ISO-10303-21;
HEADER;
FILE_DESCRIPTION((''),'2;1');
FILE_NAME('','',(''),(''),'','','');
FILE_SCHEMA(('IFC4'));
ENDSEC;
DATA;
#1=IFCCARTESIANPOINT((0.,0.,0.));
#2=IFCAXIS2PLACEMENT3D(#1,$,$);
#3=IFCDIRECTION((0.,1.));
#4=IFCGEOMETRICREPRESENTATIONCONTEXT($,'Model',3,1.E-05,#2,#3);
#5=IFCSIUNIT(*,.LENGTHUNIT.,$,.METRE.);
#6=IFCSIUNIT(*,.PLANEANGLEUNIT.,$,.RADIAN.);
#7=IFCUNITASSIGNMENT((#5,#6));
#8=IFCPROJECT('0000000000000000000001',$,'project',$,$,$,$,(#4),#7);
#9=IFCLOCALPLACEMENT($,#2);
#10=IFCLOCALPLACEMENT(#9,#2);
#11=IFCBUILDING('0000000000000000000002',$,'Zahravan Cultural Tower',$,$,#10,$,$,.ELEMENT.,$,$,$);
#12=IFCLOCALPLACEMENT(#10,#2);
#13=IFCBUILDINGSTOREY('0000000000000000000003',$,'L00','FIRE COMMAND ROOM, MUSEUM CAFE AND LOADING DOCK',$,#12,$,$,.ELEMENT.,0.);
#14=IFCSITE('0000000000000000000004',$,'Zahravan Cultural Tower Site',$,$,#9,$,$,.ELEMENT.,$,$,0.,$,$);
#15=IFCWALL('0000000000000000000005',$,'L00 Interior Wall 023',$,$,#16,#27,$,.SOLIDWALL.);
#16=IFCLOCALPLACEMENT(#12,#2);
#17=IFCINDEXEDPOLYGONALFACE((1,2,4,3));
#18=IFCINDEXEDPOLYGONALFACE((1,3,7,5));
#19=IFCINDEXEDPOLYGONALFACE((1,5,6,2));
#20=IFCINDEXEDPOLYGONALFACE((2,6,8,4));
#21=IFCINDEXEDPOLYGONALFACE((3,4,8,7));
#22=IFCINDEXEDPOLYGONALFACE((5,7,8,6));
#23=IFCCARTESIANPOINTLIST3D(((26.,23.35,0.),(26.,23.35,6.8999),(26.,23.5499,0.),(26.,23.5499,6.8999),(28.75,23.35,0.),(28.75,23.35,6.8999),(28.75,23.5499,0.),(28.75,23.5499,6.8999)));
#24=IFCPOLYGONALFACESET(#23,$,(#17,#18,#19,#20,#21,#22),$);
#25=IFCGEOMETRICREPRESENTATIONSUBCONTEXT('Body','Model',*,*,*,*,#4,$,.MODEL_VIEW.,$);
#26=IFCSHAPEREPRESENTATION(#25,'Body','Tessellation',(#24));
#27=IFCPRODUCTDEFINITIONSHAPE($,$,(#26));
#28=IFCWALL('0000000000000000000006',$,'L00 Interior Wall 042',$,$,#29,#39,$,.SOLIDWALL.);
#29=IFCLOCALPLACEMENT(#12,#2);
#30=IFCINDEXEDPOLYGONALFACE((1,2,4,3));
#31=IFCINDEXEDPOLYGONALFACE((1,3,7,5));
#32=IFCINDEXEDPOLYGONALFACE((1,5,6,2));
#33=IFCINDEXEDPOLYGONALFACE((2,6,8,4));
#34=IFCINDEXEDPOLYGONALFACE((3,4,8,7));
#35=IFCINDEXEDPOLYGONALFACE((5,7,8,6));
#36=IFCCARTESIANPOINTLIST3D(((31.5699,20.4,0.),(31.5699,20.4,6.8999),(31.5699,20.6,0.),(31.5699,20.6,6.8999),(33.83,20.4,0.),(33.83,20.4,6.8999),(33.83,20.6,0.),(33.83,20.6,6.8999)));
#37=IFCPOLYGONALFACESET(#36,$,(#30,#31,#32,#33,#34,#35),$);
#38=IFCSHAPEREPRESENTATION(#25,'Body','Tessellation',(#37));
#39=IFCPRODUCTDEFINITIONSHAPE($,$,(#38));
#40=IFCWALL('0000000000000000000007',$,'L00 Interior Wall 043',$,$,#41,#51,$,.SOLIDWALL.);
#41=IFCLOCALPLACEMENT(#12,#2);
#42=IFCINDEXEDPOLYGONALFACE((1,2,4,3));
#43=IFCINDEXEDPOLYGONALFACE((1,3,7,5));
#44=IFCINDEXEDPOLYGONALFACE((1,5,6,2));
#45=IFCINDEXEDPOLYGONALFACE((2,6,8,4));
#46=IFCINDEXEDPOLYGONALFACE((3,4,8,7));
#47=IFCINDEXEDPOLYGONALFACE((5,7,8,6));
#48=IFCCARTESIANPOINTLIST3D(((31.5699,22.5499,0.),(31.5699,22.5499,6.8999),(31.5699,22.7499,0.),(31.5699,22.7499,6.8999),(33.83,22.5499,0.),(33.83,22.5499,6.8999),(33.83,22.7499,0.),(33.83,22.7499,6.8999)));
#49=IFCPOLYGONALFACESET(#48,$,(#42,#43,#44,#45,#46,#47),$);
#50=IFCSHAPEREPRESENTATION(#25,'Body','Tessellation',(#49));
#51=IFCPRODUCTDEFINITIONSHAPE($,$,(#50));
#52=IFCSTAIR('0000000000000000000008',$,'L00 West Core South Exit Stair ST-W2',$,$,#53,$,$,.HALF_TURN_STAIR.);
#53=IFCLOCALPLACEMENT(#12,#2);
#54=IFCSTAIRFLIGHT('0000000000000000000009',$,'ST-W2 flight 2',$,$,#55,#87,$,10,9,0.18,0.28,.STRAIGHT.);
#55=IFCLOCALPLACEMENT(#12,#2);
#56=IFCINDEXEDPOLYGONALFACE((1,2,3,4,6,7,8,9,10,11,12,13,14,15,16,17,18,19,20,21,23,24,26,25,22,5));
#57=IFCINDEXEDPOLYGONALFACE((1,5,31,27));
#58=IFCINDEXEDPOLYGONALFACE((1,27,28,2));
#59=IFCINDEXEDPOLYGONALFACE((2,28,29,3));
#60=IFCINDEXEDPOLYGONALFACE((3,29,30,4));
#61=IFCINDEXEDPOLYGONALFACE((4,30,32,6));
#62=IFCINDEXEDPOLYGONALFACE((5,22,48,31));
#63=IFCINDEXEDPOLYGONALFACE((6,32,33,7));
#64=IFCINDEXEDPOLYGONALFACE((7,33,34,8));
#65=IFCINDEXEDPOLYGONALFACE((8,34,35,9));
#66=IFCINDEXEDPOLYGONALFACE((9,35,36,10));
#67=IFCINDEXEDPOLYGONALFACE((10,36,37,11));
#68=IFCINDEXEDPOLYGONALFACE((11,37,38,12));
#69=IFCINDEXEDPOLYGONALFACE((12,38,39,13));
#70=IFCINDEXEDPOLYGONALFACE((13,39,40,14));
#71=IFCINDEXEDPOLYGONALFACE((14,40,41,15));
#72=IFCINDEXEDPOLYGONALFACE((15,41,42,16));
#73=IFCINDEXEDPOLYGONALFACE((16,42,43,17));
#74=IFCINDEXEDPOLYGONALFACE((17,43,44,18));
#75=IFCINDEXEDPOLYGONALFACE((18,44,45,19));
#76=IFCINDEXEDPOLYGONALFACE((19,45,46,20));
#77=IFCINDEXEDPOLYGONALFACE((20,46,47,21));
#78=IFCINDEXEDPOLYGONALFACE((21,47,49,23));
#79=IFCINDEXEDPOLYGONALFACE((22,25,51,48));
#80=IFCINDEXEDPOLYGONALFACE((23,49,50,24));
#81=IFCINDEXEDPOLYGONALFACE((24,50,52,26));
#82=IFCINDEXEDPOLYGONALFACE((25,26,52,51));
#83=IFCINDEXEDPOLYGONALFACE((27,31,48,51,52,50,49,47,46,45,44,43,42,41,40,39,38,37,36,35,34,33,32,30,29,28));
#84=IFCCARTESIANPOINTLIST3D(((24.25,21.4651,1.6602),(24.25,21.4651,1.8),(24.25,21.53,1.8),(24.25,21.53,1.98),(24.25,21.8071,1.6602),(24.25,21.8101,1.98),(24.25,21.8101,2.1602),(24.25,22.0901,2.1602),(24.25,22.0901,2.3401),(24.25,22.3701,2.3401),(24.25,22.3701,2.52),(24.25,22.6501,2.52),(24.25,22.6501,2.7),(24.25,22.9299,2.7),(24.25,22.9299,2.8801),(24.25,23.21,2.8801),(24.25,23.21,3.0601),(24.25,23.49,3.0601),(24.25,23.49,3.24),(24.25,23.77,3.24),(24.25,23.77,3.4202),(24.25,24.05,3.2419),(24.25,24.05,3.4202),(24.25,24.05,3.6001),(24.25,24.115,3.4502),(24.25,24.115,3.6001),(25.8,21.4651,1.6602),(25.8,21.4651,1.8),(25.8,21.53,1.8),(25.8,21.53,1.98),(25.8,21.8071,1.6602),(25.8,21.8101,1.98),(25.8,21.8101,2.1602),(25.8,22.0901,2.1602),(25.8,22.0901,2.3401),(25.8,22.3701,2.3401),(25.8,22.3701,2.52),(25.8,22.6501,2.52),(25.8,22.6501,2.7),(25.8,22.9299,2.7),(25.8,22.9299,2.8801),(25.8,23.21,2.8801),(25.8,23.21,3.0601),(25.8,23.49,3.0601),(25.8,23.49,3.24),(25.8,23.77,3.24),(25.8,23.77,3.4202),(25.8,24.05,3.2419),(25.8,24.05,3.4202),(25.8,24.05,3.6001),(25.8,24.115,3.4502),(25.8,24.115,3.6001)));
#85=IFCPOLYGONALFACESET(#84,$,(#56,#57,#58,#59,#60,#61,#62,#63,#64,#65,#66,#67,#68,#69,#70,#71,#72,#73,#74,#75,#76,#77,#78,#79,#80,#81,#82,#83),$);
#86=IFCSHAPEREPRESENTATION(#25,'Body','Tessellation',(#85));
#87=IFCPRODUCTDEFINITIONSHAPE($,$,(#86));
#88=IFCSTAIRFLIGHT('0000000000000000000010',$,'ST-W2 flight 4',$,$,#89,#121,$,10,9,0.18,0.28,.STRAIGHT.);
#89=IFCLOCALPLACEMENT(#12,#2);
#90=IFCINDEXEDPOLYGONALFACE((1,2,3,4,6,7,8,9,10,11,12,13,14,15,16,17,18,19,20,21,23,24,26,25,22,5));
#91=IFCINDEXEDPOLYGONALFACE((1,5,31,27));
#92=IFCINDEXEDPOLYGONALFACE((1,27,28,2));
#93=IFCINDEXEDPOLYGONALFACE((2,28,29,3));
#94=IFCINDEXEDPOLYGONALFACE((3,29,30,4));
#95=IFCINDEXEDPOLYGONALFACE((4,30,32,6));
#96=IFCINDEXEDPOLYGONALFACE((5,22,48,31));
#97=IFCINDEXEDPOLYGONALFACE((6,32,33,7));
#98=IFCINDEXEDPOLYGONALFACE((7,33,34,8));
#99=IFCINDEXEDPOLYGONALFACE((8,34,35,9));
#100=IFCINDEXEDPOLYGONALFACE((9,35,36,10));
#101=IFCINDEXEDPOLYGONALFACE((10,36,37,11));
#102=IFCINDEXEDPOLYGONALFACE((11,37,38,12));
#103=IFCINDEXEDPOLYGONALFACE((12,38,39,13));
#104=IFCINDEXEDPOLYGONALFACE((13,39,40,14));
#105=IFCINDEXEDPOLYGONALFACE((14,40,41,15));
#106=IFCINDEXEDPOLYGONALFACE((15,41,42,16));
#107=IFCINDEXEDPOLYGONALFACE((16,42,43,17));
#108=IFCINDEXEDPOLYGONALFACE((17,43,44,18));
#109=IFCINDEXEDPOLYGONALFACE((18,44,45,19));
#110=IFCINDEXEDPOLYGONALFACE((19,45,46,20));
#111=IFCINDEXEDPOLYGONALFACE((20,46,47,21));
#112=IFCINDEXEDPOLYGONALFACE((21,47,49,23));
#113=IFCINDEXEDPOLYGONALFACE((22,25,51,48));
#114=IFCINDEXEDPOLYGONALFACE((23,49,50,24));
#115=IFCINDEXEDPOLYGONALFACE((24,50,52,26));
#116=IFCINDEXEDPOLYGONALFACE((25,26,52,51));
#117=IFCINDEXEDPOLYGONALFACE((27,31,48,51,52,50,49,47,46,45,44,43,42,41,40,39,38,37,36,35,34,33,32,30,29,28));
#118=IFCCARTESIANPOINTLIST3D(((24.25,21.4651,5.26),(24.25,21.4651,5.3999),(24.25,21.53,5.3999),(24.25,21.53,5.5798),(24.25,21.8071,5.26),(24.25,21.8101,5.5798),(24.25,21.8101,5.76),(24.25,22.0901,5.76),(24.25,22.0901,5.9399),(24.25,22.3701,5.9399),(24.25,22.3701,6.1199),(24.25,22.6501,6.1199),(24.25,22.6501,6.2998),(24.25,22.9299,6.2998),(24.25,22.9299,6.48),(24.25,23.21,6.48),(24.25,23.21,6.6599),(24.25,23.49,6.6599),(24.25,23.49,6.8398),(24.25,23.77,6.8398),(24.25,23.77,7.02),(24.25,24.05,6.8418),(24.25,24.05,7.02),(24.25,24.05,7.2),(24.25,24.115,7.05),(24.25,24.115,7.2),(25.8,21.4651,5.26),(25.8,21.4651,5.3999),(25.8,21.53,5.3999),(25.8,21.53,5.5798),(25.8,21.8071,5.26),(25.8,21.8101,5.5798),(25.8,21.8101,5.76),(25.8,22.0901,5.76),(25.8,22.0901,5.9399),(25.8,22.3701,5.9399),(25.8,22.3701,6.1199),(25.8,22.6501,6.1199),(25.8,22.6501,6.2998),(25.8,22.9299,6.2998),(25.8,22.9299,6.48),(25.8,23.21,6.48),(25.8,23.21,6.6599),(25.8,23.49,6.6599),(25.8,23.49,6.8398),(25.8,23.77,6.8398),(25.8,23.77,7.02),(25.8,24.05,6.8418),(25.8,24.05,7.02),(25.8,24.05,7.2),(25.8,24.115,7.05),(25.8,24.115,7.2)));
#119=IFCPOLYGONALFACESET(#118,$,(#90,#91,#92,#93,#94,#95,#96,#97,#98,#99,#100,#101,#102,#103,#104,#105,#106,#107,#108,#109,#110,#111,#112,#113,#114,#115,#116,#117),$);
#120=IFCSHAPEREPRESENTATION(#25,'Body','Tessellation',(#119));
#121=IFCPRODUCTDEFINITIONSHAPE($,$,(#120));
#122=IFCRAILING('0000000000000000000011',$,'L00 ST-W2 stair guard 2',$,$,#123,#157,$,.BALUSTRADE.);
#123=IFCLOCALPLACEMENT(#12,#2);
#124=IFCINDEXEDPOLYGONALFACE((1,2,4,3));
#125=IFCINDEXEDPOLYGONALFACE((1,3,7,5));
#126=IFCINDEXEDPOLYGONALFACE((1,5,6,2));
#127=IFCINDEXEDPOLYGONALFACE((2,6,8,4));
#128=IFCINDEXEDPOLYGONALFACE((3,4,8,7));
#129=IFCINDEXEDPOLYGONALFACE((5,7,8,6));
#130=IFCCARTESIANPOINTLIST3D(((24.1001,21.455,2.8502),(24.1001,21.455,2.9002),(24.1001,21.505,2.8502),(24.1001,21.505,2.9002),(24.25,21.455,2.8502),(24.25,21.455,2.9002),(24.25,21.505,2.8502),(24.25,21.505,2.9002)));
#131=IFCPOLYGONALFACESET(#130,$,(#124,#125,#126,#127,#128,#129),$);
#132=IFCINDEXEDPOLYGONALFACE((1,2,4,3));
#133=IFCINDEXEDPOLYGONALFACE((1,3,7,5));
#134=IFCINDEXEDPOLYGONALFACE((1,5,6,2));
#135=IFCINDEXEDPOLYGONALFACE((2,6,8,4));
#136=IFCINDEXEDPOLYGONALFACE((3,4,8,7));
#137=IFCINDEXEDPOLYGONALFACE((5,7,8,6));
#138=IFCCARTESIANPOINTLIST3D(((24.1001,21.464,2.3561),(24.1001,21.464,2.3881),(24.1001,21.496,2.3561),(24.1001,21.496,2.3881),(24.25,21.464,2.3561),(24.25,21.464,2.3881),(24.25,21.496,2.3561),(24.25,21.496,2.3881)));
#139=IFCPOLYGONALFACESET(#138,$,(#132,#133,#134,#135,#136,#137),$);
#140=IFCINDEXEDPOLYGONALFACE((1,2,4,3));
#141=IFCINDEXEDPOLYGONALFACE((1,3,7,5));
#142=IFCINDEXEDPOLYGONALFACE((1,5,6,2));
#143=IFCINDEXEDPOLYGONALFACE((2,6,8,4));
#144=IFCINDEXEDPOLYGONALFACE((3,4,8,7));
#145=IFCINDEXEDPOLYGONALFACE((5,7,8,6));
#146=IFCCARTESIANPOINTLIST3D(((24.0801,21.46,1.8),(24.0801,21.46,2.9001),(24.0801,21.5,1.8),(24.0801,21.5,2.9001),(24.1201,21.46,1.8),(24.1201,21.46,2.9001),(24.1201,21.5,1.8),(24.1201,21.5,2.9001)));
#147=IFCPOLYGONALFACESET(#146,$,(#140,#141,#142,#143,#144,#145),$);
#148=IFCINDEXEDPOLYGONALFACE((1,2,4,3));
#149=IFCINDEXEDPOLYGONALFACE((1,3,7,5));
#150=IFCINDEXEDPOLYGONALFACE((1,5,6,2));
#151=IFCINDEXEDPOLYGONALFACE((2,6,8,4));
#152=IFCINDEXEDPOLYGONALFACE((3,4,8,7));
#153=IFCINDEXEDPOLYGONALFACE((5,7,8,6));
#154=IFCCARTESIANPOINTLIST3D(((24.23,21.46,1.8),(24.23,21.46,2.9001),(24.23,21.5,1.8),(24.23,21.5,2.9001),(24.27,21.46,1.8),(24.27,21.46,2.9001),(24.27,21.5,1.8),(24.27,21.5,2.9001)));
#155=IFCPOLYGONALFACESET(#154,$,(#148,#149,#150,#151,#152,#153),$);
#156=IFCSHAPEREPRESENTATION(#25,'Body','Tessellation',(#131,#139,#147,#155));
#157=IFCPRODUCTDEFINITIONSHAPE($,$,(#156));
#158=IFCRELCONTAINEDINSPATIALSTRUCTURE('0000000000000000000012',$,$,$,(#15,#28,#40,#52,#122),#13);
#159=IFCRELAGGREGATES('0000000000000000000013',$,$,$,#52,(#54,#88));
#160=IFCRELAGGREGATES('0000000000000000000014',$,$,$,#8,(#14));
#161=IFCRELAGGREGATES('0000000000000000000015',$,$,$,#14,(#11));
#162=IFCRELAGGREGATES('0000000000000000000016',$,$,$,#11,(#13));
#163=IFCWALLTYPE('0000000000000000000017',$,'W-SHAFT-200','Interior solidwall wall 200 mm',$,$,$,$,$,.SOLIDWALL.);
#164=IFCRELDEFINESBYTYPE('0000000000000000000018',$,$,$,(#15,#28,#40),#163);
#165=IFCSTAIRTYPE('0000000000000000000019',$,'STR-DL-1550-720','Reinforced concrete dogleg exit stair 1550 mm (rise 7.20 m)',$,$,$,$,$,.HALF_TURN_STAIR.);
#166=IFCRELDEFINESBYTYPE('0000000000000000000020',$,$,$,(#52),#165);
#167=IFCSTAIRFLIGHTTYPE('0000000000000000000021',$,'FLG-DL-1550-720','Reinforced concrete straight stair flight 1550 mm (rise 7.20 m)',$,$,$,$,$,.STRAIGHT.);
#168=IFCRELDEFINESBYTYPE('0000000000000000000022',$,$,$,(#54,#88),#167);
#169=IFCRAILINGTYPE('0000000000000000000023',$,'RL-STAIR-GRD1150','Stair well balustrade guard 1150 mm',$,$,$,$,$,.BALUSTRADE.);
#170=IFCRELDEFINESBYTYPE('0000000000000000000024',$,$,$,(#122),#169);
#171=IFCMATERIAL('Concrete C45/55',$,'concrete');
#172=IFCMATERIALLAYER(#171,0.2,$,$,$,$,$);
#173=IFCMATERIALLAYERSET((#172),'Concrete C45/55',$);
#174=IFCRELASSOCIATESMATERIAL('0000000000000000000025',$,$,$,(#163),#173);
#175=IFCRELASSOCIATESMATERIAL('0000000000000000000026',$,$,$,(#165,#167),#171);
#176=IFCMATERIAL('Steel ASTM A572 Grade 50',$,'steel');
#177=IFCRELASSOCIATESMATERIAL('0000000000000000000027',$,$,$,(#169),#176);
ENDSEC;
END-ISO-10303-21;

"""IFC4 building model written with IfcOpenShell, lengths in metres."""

from ifc_helpers import new_model, si_unit, direction, frame, frame_2d, origin, origin_2d, place, context, subcontext, project, spatial, polyline, rectangle, outline, extrude, source, transform, mapped, material, layer, layer_set, type_object, element, aggregate, save


model = new_model("IFC4")

# Units and contexts
model_context = context("Model", 3, precision=1e-05, world=origin(), true_north=direction((0.0, 1.0)))
body_context = subcontext(model_context, "Body", "Model", "MODEL_VIEW")
ifc_project = project(units=[si_unit("LENGTHUNIT", "METRE"), si_unit("PLANEANGLEUNIT", "RADIAN")], contexts=[model_context])

# Site, building, storey
site_placement = place(None, origin())
site = spatial("IfcSite", under=ifc_project, at=site_placement, Name="Zahravan Cultural Tower Site", CompositionType="ELEMENT", RefElevation=0.0)
building_placement = place(site_placement, origin())
building = spatial("IfcBuilding", under=site, at=building_placement, Name="Zahravan Cultural Tower", CompositionType="ELEMENT")
storey_placement = place(building_placement, origin())
storey = spatial("IfcBuildingStorey", under=building, at=storey_placement, Name="L00", Description="FIRE COMMAND ROOM, MUSEUM CAFE AND LOADING DOCK", CompositionType="ELEMENT", Elevation=0.0)

# Shared definitions
ifc_material_1 = material(Name="Concrete C45/55", Category="concrete")
ifc_layer = layer(ifc_material_1, 0.2)
ifc_layer_set = layer_set([ifc_layer], Name="Concrete C45/55")
wall_type = type_object("IfcWallType", Name="W-SHAFT-200", Description="Interior solidwall wall 200 mm", PredefinedType="SOLIDWALL", material=ifc_layer_set)
ifc_material_2 = material(Name="Steel ASTM A572 Grade 50", Category="steel")

# Walls
shared_shape_1 = source(origin(), body_context, "Body", "SweptSolid", [
    extrude(rectangle(XDim=2.75, YDim=0.2, at=frame_2d((1.375, 0.0))), origin(), (0.0, 0.0, 1.0), 6.8999),
])
wall_1_placement = place(storey_placement, frame((26.0, 23.45, 0.0), z_axis=(0.0, 0.0, 1.0), x_axis=(1.0, 0.0, 0.0)))
element("IfcWall", 1, at=wall_1_placement, inside=storey, type_object=wall_type, Name="L00 Interior Wall 023", PredefinedType="SOLIDWALL", context=body_context, shape_type="MappedRepresentation", body=[
    mapped(shared_shape_1, transform((0.0, 0.0, 0.0), x_axis=(1.0, 0.0, 0.0), y_axis=(0.0, 1.0, 0.0), z_axis=(0.0, 0.0, 1.0), scale=1.0)),
])
shared_shape_2 = source(origin(), body_context, "Body", "SweptSolid", [
    extrude(rectangle(XDim=2.26, YDim=0.2, at=frame_2d((1.1299, 0.0))), origin(), (0.0, 0.0, 1.0), 6.8999),
])
for number, where, z_axis, x_axis, name in (
    (2, (31.5701, 20.5, 0.0), (0.0, 0.0, 1.0), (1.0, 0.0, 0.0), "L00 Interior Wall 042"),
    (3, (31.5701, 22.6499, 0.0), (0.0, 0.0, 1.0), (1.0, 0.0, 0.0), "L00 Interior Wall 043"),
):
    element("IfcWall", number, at=place(storey_placement, frame(where, z_axis=z_axis, x_axis=x_axis)), inside=storey, type_object=wall_type, Name=name, PredefinedType="SOLIDWALL", context=body_context, shape_type="MappedRepresentation", body=[
        mapped(shared_shape_2, transform((0.0, 0.0, 0.0), x_axis=(1.0, 0.0, 0.0), y_axis=(0.0, 1.0, 0.0), z_axis=(0.0, 0.0, 1.0), scale=1.0)),
    ])

# Stair, stair flights
stair_type = type_object("IfcStairType", Name="STR-DL-1550-720", Description="Reinforced concrete dogleg exit stair 1550 mm (rise 7.20 m)", PredefinedType="HALF_TURN_STAIR", material=ifc_material_1)
stair_placement = place(storey_placement, origin())
stair = element("IfcStair", 4, at=stair_placement, inside=storey, type_object=stair_type, Name="L00 West Core South Exit Stair ST-W2", PredefinedType="HALF_TURN_STAIR")
stair_flight_type = type_object("IfcStairFlightType", Name="FLG-DL-1550-720", Description="Reinforced concrete straight stair flight 1550 mm (rise 7.20 m)", PredefinedType="STRAIGHT", material=ifc_material_1)
stair_flight_1_placement = place(storey_placement, frame((25.0249, 21.53, 1.8), z_axis=(0.0, 0.0, 1.0), x_axis=(0.0, 1.0, 0.0)))
stair_flight_1 = element("IfcStairFlight", 5, at=stair_flight_1_placement, type_object=stair_flight_type, Name="ST-W2 flight 2", NumberOfRisers=10, NumberOfTreads=9, PredefinedType="STRAIGHT", RiserHeight=0.18, TreadLength=0.28, context=body_context, shape_type="SweptSolid", body=[
    extrude(outline(polyline([(-0.0649, -0.1399), (-0.0649, 0.0), (0.0, 0.0), (0.0, 0.1799), (0.28, 0.1799), (0.28, 0.3601), (0.5601, 0.3601), (0.5601, 0.54), (0.8401, 0.54), (0.8401, 0.72), (1.1201, 0.72), (1.1201, 0.8999), (1.3999, 0.8999), (1.3999, 1.0801), (1.6799, 1.0801), (1.6799, 1.26), (1.96, 1.26), (1.96, 1.4399), (2.24, 1.4399), (2.24, 1.6201), (2.52, 1.6201), (2.52, 1.8), (2.585, 1.8), (2.585, 1.6501), (2.52, 1.4419), (0.2771, -0.1399), (-0.0649, -0.1399)])), frame((0.0, 0.7749, 0.0), z_axis=(0.0, -1.0, 0.0), x_axis=(1.0, 0.0, 0.0)), (0.0, 0.0, 1.0), 1.55),
])
stair_flight_2_placement = place(storey_placement, frame((25.0249, 21.53, 5.3999), z_axis=(0.0, 0.0, 1.0), x_axis=(0.0, 1.0, 0.0)))
stair_flight_2 = element("IfcStairFlight", 6, at=stair_flight_2_placement, type_object=stair_flight_type, Name="ST-W2 flight 4", NumberOfRisers=10, NumberOfTreads=9, PredefinedType="STRAIGHT", RiserHeight=0.18, TreadLength=0.28, context=body_context, shape_type="SweptSolid", body=[
    extrude(outline(polyline([(-0.0649, -0.1399), (-0.0649, 0.0), (0.0, 0.0), (0.0, 0.1799), (0.28, 0.1799), (0.28, 0.3601), (0.5601, 0.3601), (0.5601, 0.54), (0.8401, 0.54), (0.8401, 0.72), (1.1201, 0.72), (1.1201, 0.8999), (1.3999, 0.8999), (1.3999, 1.0801), (1.6799, 1.0801), (1.6799, 1.26), (1.96, 1.26), (1.96, 1.4399), (2.24, 1.4399), (2.24, 1.6201), (2.52, 1.6201), (2.52, 1.8), (2.585, 1.8), (2.585, 1.6501), (2.52, 1.4419), (0.2771, -0.1399), (-0.0649, -0.1399)])), frame((0.0, 0.7749, 0.0), z_axis=(0.0, -1.0, 0.0), x_axis=(1.0, 0.0, 0.0)), (0.0, 0.0, 1.0), 1.55),
])
aggregate(stair, [stair_flight_1, stair_flight_2])

# Railing
railing_type_1 = type_object("IfcRailingType", Name="RL-STAIR-GRD1150", Description="Stair well balustrade guard 1150 mm", PredefinedType="BALUSTRADE", material=ifc_material_2)
railing_1_placement = place(storey_placement, frame((24.1001, 21.48, 1.8)))
element("IfcRailing", 7, at=railing_1_placement, inside=storey, type_object=railing_type_1, Name="L00 ST-W2 stair guard 2", PredefinedType="BALUSTRADE", context=body_context, shape_type="SweptSolid", body=[
    extrude(rectangle(XDim=0.05, YDim=0.05, at=origin_2d()), frame((0.0, 0.0, 1.0752), z_axis=(1.0, 0.0, 0.0), x_axis=(0.0, 1.0, 0.0)), (0.0, 0.0, 1.0), 0.1499),
    extrude(rectangle(XDim=0.032, YDim=0.032, at=origin_2d()), frame((0.0, 0.0, 0.572), z_axis=(1.0, 0.0, 0.0), x_axis=(0.0, 1.0, 0.0)), (0.0, 0.0, 1.0), 0.1499),
    extrude(rectangle(XDim=0.04, YDim=0.04, at=origin_2d()), origin(), (0.0, 0.0, 1.0), 1.1001),
    extrude(rectangle(XDim=0.04, YDim=0.04, at=origin_2d()), frame((0.1499, 0.0, 0.0)), (0.0, 0.0, 1.0), 1.1001),
])

save(model, "model.ifc")
